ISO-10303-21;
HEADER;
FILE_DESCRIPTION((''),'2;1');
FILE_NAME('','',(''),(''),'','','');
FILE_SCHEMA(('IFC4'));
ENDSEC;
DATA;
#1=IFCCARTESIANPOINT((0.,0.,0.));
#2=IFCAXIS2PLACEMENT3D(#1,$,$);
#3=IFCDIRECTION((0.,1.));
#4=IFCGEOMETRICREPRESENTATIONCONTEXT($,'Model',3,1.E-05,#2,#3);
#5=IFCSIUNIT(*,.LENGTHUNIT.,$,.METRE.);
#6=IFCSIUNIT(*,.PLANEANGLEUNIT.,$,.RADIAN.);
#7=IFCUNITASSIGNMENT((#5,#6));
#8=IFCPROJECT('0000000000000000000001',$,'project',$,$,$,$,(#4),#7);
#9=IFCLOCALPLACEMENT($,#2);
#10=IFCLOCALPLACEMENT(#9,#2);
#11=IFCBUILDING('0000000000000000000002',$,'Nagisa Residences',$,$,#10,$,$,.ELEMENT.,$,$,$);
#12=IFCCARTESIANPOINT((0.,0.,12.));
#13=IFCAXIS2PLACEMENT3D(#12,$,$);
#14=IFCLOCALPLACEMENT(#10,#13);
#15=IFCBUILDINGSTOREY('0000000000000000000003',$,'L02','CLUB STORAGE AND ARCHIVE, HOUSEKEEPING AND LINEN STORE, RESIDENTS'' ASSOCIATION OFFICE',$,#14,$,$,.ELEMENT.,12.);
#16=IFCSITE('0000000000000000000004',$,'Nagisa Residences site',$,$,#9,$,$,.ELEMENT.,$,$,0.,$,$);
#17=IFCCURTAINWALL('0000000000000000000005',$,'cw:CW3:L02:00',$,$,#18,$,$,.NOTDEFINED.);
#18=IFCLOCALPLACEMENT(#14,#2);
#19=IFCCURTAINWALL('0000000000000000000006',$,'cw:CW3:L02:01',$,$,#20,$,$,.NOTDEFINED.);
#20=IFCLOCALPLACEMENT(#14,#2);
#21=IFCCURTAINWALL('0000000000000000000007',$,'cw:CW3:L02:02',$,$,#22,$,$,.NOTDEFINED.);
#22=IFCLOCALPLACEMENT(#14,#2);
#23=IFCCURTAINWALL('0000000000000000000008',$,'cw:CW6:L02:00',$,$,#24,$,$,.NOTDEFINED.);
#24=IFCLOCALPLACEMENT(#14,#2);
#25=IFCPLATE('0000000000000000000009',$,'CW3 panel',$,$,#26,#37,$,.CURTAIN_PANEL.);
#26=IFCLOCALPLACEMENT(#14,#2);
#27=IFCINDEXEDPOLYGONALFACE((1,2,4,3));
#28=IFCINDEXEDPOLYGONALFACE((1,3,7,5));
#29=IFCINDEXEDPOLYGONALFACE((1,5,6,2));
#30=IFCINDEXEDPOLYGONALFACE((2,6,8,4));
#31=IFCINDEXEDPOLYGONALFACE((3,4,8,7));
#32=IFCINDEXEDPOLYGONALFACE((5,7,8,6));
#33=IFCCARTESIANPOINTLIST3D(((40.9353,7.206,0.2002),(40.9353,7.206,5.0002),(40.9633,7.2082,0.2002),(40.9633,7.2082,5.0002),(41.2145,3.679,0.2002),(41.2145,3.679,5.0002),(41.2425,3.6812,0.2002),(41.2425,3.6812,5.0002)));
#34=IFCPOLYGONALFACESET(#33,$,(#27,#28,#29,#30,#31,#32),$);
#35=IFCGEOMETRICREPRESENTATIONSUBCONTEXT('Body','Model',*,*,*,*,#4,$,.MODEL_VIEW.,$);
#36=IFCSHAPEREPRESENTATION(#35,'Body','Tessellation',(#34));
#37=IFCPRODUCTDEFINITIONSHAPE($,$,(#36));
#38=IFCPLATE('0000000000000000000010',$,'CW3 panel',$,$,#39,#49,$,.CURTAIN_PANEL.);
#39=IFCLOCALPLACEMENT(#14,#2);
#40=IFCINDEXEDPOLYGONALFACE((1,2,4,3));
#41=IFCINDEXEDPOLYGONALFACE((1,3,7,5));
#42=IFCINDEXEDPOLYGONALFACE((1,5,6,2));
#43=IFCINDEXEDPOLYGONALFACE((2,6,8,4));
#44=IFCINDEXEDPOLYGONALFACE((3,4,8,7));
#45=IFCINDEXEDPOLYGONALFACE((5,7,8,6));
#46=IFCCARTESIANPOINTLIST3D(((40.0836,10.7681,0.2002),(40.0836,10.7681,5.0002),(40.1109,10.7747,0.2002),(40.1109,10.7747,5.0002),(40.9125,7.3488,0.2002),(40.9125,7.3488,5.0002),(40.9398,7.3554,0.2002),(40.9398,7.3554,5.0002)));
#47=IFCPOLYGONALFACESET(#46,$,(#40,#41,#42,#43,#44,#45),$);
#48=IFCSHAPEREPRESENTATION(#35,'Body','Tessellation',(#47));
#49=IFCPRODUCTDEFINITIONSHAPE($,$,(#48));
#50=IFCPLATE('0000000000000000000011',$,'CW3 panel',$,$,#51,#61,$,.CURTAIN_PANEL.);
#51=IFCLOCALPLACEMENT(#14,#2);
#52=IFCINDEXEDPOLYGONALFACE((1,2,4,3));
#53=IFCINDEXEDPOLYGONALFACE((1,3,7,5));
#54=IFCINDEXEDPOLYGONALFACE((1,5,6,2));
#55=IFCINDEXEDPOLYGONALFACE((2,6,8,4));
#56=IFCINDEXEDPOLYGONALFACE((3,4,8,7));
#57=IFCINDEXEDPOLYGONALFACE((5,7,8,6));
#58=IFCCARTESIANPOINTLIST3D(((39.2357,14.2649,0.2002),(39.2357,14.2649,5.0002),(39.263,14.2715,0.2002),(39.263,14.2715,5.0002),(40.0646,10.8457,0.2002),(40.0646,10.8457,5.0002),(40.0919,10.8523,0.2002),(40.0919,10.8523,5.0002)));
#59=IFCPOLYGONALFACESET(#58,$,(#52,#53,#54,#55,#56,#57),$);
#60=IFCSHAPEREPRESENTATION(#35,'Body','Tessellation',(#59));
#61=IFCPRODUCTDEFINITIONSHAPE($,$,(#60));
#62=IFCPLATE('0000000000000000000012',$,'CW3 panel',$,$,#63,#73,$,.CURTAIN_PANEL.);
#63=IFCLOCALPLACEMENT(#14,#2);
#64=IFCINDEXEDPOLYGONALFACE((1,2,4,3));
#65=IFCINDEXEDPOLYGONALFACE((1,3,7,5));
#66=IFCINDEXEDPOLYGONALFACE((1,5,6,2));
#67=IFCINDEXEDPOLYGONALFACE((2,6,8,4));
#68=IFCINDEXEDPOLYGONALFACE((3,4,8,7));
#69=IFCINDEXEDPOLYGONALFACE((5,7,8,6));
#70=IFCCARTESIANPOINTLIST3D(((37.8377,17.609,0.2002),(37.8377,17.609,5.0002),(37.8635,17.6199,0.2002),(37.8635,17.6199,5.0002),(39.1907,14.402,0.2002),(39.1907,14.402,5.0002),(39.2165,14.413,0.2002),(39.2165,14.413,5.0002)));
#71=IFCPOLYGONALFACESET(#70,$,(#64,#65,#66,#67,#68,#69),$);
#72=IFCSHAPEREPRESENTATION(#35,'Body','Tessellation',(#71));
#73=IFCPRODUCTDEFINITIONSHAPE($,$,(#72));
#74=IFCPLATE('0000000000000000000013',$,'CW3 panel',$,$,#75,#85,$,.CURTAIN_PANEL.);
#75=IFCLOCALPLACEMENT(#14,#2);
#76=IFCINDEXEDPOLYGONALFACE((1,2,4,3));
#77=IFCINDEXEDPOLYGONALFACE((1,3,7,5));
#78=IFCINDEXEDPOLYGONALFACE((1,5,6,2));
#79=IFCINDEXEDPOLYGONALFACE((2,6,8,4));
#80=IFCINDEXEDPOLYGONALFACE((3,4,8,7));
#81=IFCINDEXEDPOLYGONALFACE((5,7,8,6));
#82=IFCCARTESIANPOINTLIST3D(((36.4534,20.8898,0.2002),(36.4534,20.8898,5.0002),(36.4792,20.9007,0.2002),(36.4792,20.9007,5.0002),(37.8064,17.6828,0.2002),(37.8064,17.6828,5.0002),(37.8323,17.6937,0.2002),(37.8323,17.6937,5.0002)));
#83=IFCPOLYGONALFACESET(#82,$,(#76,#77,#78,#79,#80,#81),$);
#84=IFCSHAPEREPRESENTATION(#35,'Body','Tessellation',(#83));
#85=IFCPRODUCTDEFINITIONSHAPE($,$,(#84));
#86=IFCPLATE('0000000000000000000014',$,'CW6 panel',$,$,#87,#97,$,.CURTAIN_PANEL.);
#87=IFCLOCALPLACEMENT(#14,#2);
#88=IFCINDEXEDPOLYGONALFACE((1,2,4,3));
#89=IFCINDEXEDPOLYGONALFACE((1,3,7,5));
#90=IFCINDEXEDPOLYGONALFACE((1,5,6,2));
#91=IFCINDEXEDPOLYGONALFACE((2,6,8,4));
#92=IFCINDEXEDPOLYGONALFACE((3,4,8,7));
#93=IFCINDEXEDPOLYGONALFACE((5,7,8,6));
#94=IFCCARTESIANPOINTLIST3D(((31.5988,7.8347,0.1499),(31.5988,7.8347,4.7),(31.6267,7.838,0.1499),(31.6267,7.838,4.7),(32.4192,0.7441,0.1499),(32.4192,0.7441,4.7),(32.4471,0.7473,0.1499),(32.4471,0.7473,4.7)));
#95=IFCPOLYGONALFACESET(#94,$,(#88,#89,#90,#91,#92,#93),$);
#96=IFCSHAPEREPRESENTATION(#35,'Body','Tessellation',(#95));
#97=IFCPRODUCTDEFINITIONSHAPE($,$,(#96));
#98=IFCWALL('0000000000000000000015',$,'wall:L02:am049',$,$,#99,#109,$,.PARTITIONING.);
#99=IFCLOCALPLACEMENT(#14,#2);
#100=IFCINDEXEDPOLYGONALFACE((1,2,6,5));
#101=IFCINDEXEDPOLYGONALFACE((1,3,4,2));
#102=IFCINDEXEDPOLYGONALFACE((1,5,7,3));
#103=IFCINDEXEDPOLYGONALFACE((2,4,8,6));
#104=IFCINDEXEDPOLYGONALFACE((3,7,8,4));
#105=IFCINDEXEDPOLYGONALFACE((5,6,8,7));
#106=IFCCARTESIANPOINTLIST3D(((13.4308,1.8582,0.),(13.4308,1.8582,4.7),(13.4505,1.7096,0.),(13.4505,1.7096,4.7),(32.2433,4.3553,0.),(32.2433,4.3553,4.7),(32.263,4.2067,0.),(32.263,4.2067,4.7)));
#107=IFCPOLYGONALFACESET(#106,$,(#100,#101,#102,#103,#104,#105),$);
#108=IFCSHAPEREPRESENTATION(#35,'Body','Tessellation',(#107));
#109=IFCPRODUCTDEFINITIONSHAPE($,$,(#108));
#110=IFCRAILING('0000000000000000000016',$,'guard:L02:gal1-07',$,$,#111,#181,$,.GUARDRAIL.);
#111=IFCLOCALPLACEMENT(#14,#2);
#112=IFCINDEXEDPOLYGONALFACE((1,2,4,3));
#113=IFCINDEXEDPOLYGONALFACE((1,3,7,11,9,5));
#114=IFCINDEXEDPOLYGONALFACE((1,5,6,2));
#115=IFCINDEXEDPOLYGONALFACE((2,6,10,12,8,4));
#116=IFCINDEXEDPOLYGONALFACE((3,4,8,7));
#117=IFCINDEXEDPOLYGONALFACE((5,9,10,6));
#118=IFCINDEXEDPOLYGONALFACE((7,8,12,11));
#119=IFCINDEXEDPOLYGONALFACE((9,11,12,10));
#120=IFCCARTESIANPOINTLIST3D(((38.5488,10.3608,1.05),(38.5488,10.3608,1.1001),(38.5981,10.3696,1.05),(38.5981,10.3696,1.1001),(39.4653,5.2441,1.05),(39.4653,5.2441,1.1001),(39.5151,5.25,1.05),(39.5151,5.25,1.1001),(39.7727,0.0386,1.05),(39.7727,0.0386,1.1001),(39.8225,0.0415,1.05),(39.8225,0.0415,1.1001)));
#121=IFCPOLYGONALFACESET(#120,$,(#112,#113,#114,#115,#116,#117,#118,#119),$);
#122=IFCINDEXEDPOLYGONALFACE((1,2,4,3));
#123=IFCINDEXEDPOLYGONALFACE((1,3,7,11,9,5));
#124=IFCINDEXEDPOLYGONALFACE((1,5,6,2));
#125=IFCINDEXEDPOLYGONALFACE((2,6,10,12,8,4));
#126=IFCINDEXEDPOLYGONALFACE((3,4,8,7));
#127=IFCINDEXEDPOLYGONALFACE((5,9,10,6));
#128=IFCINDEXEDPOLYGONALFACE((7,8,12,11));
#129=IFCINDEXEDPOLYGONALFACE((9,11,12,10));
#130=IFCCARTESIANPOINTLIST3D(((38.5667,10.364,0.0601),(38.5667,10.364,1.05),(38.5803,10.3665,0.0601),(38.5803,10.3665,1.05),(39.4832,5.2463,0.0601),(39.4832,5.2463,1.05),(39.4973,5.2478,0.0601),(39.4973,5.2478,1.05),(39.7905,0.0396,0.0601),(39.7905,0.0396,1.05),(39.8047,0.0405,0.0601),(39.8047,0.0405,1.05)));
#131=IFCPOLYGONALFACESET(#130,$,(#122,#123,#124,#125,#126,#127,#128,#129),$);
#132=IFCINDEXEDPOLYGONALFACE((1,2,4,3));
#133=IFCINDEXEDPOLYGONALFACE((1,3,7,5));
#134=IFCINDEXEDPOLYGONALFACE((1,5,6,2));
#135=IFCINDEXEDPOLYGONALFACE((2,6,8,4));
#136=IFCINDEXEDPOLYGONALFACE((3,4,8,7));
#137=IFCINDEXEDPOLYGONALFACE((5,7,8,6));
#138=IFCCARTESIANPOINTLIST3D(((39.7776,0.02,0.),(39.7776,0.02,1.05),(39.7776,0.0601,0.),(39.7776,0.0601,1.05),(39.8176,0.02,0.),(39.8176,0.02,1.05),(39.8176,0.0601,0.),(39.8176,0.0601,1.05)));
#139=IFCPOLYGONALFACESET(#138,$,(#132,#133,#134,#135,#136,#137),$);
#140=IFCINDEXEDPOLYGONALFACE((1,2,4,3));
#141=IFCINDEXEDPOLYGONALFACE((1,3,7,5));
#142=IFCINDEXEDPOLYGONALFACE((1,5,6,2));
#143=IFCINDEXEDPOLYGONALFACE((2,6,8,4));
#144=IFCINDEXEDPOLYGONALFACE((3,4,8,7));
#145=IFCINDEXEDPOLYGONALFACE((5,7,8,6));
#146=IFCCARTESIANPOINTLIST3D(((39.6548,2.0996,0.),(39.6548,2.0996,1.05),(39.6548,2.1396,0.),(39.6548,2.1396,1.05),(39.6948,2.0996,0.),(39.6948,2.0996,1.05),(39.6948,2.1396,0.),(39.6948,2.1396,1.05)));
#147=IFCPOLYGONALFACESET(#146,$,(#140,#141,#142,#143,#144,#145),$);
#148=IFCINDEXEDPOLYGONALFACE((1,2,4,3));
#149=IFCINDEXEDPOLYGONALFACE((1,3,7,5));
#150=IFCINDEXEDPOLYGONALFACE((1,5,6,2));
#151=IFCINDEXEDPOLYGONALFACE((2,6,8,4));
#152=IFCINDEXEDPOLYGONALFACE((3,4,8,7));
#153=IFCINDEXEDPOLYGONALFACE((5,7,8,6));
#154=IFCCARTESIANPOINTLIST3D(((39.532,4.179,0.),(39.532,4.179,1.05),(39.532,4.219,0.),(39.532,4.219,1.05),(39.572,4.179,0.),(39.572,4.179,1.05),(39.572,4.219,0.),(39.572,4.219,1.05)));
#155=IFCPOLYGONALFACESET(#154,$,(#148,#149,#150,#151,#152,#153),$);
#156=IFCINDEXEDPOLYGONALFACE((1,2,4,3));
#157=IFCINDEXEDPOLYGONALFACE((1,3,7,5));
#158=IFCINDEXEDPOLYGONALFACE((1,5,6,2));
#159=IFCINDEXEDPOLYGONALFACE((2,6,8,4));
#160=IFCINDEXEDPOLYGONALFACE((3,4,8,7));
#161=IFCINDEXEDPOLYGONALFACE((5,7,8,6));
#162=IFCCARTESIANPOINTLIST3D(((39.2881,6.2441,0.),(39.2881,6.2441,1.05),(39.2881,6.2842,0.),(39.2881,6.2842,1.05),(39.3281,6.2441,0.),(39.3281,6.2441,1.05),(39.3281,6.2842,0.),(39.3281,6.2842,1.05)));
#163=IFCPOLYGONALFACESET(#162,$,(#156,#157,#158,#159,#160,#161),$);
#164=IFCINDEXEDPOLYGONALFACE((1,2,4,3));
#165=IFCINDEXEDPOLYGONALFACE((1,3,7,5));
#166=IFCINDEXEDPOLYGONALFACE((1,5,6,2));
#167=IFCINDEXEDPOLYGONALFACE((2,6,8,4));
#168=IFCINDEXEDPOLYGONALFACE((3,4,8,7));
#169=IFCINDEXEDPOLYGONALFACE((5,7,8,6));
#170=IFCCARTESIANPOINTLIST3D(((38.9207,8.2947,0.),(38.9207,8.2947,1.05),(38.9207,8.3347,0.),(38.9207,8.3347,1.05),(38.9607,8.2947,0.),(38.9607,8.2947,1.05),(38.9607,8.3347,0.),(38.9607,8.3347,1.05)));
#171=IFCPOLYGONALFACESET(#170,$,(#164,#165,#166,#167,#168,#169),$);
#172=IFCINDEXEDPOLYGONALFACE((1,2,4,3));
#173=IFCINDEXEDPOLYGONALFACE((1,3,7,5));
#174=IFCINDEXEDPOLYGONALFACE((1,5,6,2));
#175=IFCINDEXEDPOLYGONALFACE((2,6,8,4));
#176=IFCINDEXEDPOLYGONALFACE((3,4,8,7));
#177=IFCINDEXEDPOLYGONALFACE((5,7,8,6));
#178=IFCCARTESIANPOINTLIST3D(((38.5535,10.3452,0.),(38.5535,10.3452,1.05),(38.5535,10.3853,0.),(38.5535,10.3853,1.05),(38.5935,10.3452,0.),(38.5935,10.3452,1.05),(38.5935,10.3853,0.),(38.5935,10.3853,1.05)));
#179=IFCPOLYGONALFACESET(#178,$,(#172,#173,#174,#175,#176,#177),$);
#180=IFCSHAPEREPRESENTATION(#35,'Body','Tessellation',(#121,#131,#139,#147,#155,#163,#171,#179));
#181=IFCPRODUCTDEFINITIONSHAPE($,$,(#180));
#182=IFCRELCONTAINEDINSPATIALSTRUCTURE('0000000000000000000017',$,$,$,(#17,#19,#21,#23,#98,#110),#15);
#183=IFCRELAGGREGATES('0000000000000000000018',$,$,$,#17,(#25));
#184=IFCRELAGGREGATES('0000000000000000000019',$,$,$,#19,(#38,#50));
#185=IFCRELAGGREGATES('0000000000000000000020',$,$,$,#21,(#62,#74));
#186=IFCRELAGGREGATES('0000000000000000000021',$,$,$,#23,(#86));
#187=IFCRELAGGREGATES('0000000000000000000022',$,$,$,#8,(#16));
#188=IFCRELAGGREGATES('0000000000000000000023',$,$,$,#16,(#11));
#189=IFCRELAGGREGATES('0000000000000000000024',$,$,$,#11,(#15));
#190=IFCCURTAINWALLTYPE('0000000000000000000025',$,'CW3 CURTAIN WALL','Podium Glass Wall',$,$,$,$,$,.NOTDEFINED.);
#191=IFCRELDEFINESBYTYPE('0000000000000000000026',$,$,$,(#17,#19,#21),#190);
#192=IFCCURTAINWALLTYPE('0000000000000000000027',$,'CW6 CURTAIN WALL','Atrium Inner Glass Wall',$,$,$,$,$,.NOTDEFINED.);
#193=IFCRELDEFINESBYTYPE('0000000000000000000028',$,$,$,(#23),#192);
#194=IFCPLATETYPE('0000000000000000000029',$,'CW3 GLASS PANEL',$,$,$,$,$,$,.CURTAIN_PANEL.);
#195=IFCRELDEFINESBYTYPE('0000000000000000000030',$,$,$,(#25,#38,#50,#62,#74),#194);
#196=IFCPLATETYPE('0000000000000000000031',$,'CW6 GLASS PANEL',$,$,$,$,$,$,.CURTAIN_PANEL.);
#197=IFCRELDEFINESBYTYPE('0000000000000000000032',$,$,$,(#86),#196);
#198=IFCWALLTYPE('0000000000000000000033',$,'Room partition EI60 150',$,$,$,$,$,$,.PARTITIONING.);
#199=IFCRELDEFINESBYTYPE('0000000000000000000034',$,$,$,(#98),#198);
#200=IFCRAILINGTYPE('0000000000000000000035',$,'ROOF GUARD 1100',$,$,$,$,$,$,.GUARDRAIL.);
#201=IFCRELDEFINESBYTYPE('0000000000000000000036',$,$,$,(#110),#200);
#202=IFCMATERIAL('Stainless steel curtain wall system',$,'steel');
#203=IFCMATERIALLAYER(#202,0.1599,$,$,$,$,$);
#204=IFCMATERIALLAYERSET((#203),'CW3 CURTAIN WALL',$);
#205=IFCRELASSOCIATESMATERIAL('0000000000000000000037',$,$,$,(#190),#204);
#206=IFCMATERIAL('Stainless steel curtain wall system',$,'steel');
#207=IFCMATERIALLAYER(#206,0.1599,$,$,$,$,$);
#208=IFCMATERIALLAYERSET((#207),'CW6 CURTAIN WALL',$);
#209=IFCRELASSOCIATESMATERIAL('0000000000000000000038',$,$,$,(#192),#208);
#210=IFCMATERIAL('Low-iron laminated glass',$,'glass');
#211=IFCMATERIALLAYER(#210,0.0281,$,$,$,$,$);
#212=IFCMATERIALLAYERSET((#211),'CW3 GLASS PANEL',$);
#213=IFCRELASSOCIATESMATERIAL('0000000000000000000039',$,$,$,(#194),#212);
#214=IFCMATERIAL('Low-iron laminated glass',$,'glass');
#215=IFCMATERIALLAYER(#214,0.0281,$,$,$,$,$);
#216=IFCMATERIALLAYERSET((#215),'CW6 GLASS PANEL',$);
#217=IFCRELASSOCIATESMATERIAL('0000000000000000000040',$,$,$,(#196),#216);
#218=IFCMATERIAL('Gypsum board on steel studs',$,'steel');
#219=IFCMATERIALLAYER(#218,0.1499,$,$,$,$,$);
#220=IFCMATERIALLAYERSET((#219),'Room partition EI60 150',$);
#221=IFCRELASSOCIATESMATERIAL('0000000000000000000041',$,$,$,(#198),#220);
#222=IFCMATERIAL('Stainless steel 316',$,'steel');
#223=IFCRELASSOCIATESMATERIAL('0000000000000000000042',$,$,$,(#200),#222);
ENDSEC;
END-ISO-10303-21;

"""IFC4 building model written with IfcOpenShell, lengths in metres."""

from ifc_helpers import new_model, si_unit, direction, frame, frame_2d, origin, origin_2d, place, context, subcontext, project, spatial, polyline, rectangle, outline, extrude, material, layer, layer_set, type_object, element, aggregate, save


model = new_model("IFC4")

# Units and contexts
model_context = context("Model", 3, precision=1e-05, world=origin(), true_north=direction((0.0, 1.0)))
body_context = subcontext(model_context, "Body", "Model", "MODEL_VIEW")
ifc_project = project(units=[si_unit("LENGTHUNIT", "METRE"), si_unit("PLANEANGLEUNIT", "RADIAN")], contexts=[model_context])

# Site, building, storey
site_placement = place(None, origin())
site = spatial("IfcSite", under=ifc_project, at=site_placement, Name="Nagisa Residences site", CompositionType="ELEMENT", RefElevation=0.0)
building_placement = place(site_placement, origin())
building = spatial("IfcBuilding", under=site, at=building_placement, Name="Nagisa Residences", CompositionType="ELEMENT")
storey_placement = place(building_placement, frame((0.0, 0.0, 12.0)))
storey = spatial("IfcBuildingStorey", under=building, at=storey_placement, Name="L02", Description="CLUB STORAGE AND ARCHIVE, HOUSEKEEPING AND LINEN STORE, RESIDENTS' ASSOCIATION OFFICE", CompositionType="ELEMENT", Elevation=12.0)

# Curtain walls
ifc_material_1 = material(Name="Stainless steel curtain wall system", Category="steel")
ifc_layer_1 = layer(ifc_material_1, 0.1599)
ifc_layer_set_1 = layer_set([ifc_layer_1], Name="CW3 CURTAIN WALL")
curtain_wall_type_1 = type_object("IfcCurtainWallType", Name="CW3 CURTAIN WALL", Description="Podium Glass Wall", PredefinedType="NOTDEFINED", material=ifc_layer_set_1)
curtain_wall_1_placement = place(storey_placement, origin())
curtain_wall_1 = element("IfcCurtainWall", 1, at=curtain_wall_1_placement, inside=storey, type_object=curtain_wall_type_1, Name="cw:CW3:L02:00", PredefinedType="NOTDEFINED")
curtain_wall_2_placement = place(storey_placement, origin())
curtain_wall_2 = element("IfcCurtainWall", 2, at=curtain_wall_2_placement, inside=storey, type_object=curtain_wall_type_1, Name="cw:CW3:L02:01", PredefinedType="NOTDEFINED")
curtain_wall_3_placement = place(storey_placement, origin())
curtain_wall_3 = element("IfcCurtainWall", 3, at=curtain_wall_3_placement, inside=storey, type_object=curtain_wall_type_1, Name="cw:CW3:L02:02", PredefinedType="NOTDEFINED")

# Curtain wall
ifc_material_2 = material(Name="Stainless steel curtain wall system", Category="steel")
ifc_layer_2 = layer(ifc_material_2, 0.1599)
ifc_layer_set_2 = layer_set([ifc_layer_2], Name="CW6 CURTAIN WALL")
curtain_wall_type_2 = type_object("IfcCurtainWallType", Name="CW6 CURTAIN WALL", Description="Atrium Inner Glass Wall", PredefinedType="NOTDEFINED", material=ifc_layer_set_2)
curtain_wall_4_placement = place(storey_placement, origin())
curtain_wall_4 = element("IfcCurtainWall", 4, at=curtain_wall_4_placement, inside=storey, type_object=curtain_wall_type_2, Name="cw:CW6:L02:00", PredefinedType="NOTDEFINED")

# Plates
ifc_material_3 = material(Name="Low-iron laminated glass", Category="glass")
ifc_layer_3 = layer(ifc_material_3, 0.0281)
ifc_layer_set_3 = layer_set([ifc_layer_3], Name="CW3 GLASS PANEL")
plate_type_1 = type_object("IfcPlateType", Name="CW3 GLASS PANEL", PredefinedType="CURTAIN_PANEL", material=ifc_layer_set_3)
plate_1_placement = place(storey_placement, frame((41.0889, 5.4436, 0.2002), z_axis=(0.0, 0.0, 1.0), x_axis=(-0.07891, 0.996882, 0.0)))
plate_1 = element("IfcPlate", 5, at=plate_1_placement, type_object=plate_type_1, Name="CW3 panel", PredefinedType="CURTAIN_PANEL", context=body_context, shape_type="SweptSolid", body=[
    extrude(rectangle(XDim=3.5381, YDim=0.0281, at=origin_2d()), origin(), (0.0, 0.0, 1.0), 4.8),
])
aggregate(curtain_wall_1, [plate_1])
plate_2_placement = place(storey_placement, frame((40.5117, 9.0618, 0.2002), z_axis=(0.0, 0.0, 1.0), x_axis=(-0.235606, 0.971849, 0.0)))
plate_2 = element("IfcPlate", 6, at=plate_2_placement, type_object=plate_type_1, Name="CW3 panel", PredefinedType="CURTAIN_PANEL", context=body_context, shape_type="SweptSolid", body=[
    extrude(rectangle(XDim=3.5183, YDim=0.0281, at=origin_2d()), origin(), (0.0, 0.0, 1.0), 4.8),
])
plate_3_placement = place(storey_placement, frame((39.6638, 12.5586, 0.2002), z_axis=(0.0, 0.0, 1.0), x_axis=(-0.235606, 0.971849, 0.0)))
plate_3 = element("IfcPlate", 7, at=plate_3_placement, type_object=plate_type_1, Name="CW3 panel", PredefinedType="CURTAIN_PANEL", context=body_context, shape_type="SweptSolid", body=[
    extrude(rectangle(XDim=3.5183, YDim=0.0281, at=origin_2d()), origin(), (0.0, 0.0, 1.0), 4.8),
])
aggregate(curtain_wall_2, [plate_2, plate_3])
plate_4_placement = place(storey_placement, frame((38.5271, 16.011, 0.2002), z_axis=(0.0, 0.0, 1.0), x_axis=(-0.388718, 0.921357, 0.0)))
plate_4 = element("IfcPlate", 8, at=plate_4_placement, type_object=plate_type_1, Name="CW3 panel", PredefinedType="CURTAIN_PANEL", context=body_context, shape_type="SweptSolid", body=[
    extrude(rectangle(XDim=3.4807, YDim=0.0281, at=origin_2d()), origin(), (0.0, 0.0, 1.0), 4.8),
])
plate_5_placement = place(storey_placement, frame((37.1428, 19.2917, 0.2002), z_axis=(0.0, 0.0, 1.0), x_axis=(-0.388718, 0.921357, 0.0)))
plate_5 = element("IfcPlate", 9, at=plate_5_placement, type_object=plate_type_1, Name="CW3 panel", PredefinedType="CURTAIN_PANEL", context=body_context, shape_type="SweptSolid", body=[
    extrude(rectangle(XDim=3.4807, YDim=0.0281, at=origin_2d()), origin(), (0.0, 0.0, 1.0), 4.8),
])
aggregate(curtain_wall_3, [plate_4, plate_5])
ifc_material_4 = material(Name="Low-iron laminated glass", Category="glass")
ifc_layer_4 = layer(ifc_material_4, 0.0281)
ifc_layer_set_4 = layer_set([ifc_layer_4], Name="CW6 GLASS PANEL")
plate_type_2 = type_object("IfcPlateType", Name="CW6 GLASS PANEL", PredefinedType="CURTAIN_PANEL", material=ifc_layer_set_4)
plate_6_placement = place(storey_placement, frame((32.0229, 4.291, 0.1499), z_axis=(0.0, 0.0, 1.0), x_axis=(-0.114928, 0.993374, 0.0)))
plate_6 = element("IfcPlate", 10, at=plate_6_placement, type_object=plate_type_2, Name="CW6 panel", PredefinedType="CURTAIN_PANEL", context=body_context, shape_type="SweptSolid", body=[
    extrude(rectangle(XDim=7.1379, YDim=0.0281, at=origin_2d()), origin(), (0.0, 0.0, 1.0), 4.55),
])
aggregate(curtain_wall_4, [plate_6])

# Wall
ifc_material_5 = material(Name="Gypsum board on steel studs", Category="steel")
ifc_layer_5 = layer(ifc_material_5, 0.1499)
ifc_layer_set_5 = layer_set([ifc_layer_5], Name="Room partition EI60 150")
wall_type = type_object("IfcWallType", Name="Room partition EI60 150", PredefinedType="PARTITIONING", material=ifc_layer_set_5)
wall_placement = place(storey_placement, frame((32.2532, 4.281, 0.0), z_axis=(0.0, 0.0, 1.0), x_axis=(-0.991305, -0.131581, 0.0)))
element("IfcWall", 11, at=wall_placement, inside=storey, type_object=wall_type, Name="wall:L02:am049", PredefinedType="PARTITIONING", context=body_context, shape_type="SweptSolid", body=[
    extrude(rectangle(XDim=18.9775, YDim=0.1499, at=frame_2d((9.4888, 0.0))), origin(), (0.0, 0.0, 1.0), 4.7),
])

# Railing
ifc_material_6 = material(Name="Stainless steel 316", Category="steel")
railing_type = type_object("IfcRailingType", Name="ROOF GUARD 1100", PredefinedType="GUARDRAIL", material=ifc_material_6)
railing_1_placement = place(storey_placement, frame((39.7976, 0.04, 0.0)))
element("IfcRailing", 12, at=railing_1_placement, inside=storey, type_object=railing_type, Name="guard:L02:gal1-07", PredefinedType="GUARDRAIL", context=body_context, shape_type="SweptSolid", body=[
    extrude(outline(polyline([(-0.3323, 5.2041), (-0.0249, -0.0015), (0.0249, 0.0015), (-0.2825, 5.21), (-1.1995, 10.3296), (-1.2488, 10.3208), (-0.3323, 5.2041)])), frame((0.0, 0.0, 1.05)), (0.0, 0.0, 1.0), 0.05),
    extrude(outline(polyline([(-0.3145, 5.2063), (-0.0071, -0.0005), (0.0071, 0.0005), (-0.3003, 5.2078), (-1.2173, 10.3264), (-1.231, 10.324), (-0.3145, 5.2063)])), frame((0.0, 0.0, 0.0601)), (0.0, 0.0, 1.0), 0.99),
    extrude(rectangle(XDim=0.04, YDim=0.04, at=origin_2d()), origin(), (0.0, 0.0, 1.0), 1.05),
    extrude(rectangle(XDim=0.04, YDim=0.04, at=origin_2d()), frame((-0.1228, 2.0796, 0.0)), (0.0, 0.0, 1.0), 1.05),
    extrude(rectangle(XDim=0.04, YDim=0.04, at=origin_2d()), frame((-0.2456, 4.1589, 0.0)), (0.0, 0.0, 1.0), 1.05),
    extrude(rectangle(XDim=0.04, YDim=0.04, at=origin_2d()), frame((-0.4895, 6.2241, 0.0)), (0.0, 0.0, 1.0), 1.05),
    extrude(rectangle(XDim=0.04, YDim=0.04, at=origin_2d()), frame((-0.8569, 8.2747, 0.0)), (0.0, 0.0, 1.0), 1.05),
    extrude(rectangle(XDim=0.04, YDim=0.04, at=origin_2d()), frame((-1.2241, 10.3252, 0.0)), (0.0, 0.0, 1.0), 1.05),
])

save(model, "model.ifc")
